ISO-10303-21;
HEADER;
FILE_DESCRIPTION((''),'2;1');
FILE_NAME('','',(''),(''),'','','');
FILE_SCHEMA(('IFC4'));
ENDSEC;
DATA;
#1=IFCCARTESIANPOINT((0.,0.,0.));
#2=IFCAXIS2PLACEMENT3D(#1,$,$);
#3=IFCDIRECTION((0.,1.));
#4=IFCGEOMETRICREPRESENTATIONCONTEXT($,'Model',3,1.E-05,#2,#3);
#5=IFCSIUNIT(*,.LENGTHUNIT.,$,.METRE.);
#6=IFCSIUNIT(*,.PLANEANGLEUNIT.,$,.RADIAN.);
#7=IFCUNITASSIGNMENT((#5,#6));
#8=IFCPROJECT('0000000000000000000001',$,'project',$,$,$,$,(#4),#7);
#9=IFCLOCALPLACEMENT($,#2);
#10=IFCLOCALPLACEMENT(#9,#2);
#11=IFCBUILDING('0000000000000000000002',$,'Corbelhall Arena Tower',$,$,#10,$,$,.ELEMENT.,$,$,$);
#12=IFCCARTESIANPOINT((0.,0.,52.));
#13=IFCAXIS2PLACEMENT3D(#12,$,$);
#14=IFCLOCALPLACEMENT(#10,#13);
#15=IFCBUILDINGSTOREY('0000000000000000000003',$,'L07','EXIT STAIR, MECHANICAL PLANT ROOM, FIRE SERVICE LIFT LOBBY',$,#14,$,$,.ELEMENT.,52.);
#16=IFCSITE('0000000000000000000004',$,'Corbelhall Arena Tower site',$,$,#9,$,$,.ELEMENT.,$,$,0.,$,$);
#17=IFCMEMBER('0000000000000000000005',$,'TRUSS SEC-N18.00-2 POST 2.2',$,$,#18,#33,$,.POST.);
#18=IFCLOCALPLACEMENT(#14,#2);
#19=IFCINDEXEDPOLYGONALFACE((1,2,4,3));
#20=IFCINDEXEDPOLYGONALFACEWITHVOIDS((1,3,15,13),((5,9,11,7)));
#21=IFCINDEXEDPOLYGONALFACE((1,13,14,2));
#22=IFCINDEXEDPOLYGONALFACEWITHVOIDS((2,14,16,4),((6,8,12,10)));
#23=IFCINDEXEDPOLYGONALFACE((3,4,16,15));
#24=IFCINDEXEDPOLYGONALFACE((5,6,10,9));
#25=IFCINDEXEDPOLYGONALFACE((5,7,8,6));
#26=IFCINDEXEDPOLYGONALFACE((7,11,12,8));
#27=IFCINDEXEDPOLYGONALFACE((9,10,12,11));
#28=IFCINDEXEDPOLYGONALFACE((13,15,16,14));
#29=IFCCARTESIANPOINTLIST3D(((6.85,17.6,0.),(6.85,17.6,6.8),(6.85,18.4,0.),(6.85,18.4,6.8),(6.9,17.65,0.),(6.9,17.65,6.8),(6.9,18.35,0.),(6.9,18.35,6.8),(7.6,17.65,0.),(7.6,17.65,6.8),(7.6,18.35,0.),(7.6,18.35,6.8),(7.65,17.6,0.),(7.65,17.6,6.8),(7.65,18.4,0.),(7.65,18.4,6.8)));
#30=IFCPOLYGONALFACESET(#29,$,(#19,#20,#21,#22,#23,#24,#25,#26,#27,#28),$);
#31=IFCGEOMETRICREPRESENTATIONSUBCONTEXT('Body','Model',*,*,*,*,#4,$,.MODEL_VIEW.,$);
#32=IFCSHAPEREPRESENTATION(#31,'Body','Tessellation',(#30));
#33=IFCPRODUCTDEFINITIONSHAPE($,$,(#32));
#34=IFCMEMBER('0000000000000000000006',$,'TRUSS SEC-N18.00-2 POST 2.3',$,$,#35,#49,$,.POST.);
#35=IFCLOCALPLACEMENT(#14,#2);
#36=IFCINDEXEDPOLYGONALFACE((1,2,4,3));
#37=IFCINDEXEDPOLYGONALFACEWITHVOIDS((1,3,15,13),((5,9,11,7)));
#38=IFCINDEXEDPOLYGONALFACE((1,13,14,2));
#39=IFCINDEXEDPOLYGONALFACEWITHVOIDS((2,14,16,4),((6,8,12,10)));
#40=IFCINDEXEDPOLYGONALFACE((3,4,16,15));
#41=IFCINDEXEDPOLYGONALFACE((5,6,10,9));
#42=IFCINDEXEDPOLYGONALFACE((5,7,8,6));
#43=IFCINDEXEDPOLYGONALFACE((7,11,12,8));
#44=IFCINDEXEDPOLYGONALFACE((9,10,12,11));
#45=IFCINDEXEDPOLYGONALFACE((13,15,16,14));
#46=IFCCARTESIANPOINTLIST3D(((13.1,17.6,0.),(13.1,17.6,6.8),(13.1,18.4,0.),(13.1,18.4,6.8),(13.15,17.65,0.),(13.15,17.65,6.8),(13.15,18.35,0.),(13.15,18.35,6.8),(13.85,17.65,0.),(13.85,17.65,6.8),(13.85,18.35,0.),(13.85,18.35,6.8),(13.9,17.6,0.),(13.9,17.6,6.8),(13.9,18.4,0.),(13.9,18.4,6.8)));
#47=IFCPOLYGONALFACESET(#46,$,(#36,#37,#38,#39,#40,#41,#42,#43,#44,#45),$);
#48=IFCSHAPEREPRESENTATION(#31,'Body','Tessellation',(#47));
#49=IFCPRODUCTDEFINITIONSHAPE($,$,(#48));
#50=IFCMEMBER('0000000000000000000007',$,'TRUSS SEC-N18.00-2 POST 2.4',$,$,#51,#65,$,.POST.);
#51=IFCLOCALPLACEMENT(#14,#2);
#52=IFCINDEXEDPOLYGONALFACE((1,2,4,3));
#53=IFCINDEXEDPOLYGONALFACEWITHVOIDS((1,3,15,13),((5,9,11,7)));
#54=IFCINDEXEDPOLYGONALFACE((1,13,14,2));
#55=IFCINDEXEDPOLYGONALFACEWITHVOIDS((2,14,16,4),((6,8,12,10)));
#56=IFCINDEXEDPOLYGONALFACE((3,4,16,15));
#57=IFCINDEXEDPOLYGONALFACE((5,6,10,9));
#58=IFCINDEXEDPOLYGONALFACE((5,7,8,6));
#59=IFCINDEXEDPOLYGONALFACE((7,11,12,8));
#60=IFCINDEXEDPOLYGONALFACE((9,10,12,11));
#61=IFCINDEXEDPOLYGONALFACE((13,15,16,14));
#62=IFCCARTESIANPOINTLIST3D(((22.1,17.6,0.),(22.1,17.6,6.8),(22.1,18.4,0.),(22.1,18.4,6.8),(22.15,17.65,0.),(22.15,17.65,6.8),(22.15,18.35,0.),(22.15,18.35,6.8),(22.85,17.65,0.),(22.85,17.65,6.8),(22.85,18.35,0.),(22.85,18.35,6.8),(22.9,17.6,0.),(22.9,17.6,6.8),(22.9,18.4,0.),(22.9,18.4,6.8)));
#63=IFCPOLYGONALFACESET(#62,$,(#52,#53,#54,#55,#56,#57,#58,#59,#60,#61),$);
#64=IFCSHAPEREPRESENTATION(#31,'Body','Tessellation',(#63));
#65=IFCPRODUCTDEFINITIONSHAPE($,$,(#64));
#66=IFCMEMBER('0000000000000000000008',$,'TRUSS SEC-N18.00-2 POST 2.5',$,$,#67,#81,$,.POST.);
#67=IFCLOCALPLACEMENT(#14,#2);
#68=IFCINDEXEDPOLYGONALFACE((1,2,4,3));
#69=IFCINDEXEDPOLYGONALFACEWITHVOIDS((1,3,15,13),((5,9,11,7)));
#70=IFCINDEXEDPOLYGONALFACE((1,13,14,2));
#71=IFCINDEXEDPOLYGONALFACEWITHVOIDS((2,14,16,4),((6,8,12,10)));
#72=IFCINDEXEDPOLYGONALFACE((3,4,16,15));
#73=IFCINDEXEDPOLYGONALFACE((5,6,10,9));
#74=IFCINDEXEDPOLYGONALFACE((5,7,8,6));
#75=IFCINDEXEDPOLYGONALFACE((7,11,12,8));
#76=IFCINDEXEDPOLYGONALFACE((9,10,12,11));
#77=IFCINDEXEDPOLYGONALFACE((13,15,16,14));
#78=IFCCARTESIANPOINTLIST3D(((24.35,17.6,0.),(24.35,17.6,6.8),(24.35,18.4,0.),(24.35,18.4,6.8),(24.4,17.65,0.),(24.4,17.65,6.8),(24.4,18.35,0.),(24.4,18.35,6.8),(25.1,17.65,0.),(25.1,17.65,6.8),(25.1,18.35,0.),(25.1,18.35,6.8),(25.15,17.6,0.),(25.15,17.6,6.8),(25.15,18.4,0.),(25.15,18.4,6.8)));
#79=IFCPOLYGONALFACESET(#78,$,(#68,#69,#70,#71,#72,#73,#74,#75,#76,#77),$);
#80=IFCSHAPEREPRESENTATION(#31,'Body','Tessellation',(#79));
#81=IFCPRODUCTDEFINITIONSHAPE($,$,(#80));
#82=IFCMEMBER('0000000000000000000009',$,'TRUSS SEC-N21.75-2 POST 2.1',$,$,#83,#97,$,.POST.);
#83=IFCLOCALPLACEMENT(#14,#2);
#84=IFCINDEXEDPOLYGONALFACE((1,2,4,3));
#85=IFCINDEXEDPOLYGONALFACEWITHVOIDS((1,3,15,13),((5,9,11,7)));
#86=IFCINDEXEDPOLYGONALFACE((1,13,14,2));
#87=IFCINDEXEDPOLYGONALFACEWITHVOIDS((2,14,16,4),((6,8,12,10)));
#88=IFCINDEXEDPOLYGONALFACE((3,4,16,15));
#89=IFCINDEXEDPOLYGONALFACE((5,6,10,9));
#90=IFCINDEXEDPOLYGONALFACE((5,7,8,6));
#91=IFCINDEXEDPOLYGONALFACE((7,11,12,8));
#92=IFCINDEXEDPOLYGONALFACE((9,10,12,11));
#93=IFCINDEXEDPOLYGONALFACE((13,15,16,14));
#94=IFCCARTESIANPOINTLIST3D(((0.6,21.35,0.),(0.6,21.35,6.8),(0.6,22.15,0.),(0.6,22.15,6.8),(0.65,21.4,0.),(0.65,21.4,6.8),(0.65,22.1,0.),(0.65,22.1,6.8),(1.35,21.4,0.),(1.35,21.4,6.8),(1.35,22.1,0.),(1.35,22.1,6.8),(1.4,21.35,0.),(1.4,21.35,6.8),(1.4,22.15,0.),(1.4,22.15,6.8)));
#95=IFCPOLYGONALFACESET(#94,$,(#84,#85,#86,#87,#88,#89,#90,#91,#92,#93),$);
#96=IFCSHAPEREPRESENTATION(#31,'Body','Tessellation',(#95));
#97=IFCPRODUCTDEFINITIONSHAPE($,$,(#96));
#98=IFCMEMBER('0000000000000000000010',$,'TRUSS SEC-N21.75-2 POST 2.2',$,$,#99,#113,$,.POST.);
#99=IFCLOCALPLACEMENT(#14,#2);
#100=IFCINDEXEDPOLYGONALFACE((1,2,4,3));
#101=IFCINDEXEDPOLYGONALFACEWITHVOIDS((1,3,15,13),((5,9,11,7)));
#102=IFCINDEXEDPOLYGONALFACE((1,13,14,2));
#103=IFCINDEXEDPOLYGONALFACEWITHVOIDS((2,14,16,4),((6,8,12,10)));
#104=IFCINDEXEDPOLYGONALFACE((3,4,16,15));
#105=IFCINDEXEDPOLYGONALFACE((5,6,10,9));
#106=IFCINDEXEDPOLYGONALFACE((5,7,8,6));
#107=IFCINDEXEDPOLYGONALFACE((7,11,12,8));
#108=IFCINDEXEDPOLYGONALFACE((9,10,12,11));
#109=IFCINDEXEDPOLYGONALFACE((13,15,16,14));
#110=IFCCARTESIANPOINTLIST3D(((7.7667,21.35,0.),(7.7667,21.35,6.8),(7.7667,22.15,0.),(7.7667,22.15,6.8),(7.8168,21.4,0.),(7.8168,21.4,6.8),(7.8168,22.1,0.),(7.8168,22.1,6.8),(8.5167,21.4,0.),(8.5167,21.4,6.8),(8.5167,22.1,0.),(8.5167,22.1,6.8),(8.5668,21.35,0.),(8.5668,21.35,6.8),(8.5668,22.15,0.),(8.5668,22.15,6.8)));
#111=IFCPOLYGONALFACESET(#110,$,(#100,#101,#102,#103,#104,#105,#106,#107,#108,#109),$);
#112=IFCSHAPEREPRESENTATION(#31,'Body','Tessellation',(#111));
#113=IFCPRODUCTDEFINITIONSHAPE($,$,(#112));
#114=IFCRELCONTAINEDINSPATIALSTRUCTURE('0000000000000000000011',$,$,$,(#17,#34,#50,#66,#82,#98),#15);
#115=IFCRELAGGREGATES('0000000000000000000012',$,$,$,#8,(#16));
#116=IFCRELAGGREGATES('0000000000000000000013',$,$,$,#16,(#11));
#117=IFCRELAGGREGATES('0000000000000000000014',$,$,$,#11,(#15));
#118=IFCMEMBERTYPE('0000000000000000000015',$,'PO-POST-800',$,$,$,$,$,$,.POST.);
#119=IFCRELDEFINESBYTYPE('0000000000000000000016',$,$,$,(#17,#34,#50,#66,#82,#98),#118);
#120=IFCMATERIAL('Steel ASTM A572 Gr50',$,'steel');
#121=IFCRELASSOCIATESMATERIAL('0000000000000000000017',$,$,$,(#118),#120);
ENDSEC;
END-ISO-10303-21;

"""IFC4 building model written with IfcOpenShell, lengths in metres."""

from ifc_helpers import new_model, si_unit, direction, frame, origin, origin_2d, place, context, subcontext, project, spatial, hollow_rectangle, extrude, material, material_profile, profile_set, type_object, element, save


model = new_model("IFC4")

# Units and contexts
model_context = context("Model", 3, precision=1e-05, world=origin(), true_north=direction((0.0, 1.0)))
body_context = subcontext(model_context, "Body", "Model", "MODEL_VIEW")
ifc_project = project(units=[si_unit("LENGTHUNIT", "METRE"), si_unit("PLANEANGLEUNIT", "RADIAN")], contexts=[model_context])

# Site, building, storey
site_placement = place(None, origin())
site = spatial("IfcSite", under=ifc_project, at=site_placement, Name="Corbelhall Arena Tower site", CompositionType="ELEMENT", RefElevation=0.0)
building_placement = place(site_placement, origin())
building = spatial("IfcBuilding", under=site, at=building_placement, Name="Corbelhall Arena Tower", CompositionType="ELEMENT")
storey_placement = place(building_placement, frame((0.0, 0.0, 52.0)))
storey = spatial("IfcBuildingStorey", under=building, at=storey_placement, Name="L07", Description="EXIT STAIR, MECHANICAL PLANT ROOM, FIRE SERVICE LIFT LOBBY", CompositionType="ELEMENT", Elevation=52.0)

# Members
ifc_material_1 = material(Name="Steel ASTM A572 Gr50", Category="steel")
ifc_material_profile_1 = material_profile(ifc_material_1, hollow_rectangle(XDim=0.8, YDim=0.8, WallThickness=0.05, at=origin_2d()))
ifc_profile_set_1 = profile_set([ifc_material_profile_1], Name="Steel ASTM A572 Gr50")
member_type_1 = type_object("IfcMemberType", Name="PO-POST-800", PredefinedType="POST", material=ifc_profile_set_1)
for number, where, z_axis, x_axis, name in (
    (1, (7.25, 18.0, 0.0), (0.0, 0.0, 1.0), (1.0, 0.0, 0.0), "TRUSS SEC-N18.00-2 POST 2.2"),
    (2, (13.5, 18.0, 0.0), (0.0, 0.0, 1.0), (1.0, 0.0, 0.0), "TRUSS SEC-N18.00-2 POST 2.3"),
    (3, (22.5, 18.0, 0.0), (0.0, 0.0, 1.0), (1.0, 0.0, 0.0), "TRUSS SEC-N18.00-2 POST 2.4"),
    (4, (24.75, 18.0, 0.0), (0.0, 0.0, 1.0), (1.0, 0.0, 0.0), "TRUSS SEC-N18.00-2 POST 2.5"),
    (5, (1.0, 21.75, 0.0), (0.0, 0.0, 1.0), (1.0, 0.0, 0.0), "TRUSS SEC-N21.75-2 POST 2.1"),
    (6, (8.1667, 21.75, 0.0), (0.0, 0.0, 1.0), (1.0, 0.0, 0.0), "TRUSS SEC-N21.75-2 POST 2.2"),
):
    element("IfcMember", number, at=place(storey_placement, frame(where, z_axis=z_axis, x_axis=x_axis)), inside=storey, type_object=member_type_1, Name=name, PredefinedType="POST", context=body_context, shape_type="SweptSolid", body=[
        extrude(hollow_rectangle(XDim=0.8, YDim=0.8, WallThickness=0.05, at=origin_2d()), origin(), (0.0, 0.0, 1.0), 6.8),
    ])

save(model, "model.ifc")
